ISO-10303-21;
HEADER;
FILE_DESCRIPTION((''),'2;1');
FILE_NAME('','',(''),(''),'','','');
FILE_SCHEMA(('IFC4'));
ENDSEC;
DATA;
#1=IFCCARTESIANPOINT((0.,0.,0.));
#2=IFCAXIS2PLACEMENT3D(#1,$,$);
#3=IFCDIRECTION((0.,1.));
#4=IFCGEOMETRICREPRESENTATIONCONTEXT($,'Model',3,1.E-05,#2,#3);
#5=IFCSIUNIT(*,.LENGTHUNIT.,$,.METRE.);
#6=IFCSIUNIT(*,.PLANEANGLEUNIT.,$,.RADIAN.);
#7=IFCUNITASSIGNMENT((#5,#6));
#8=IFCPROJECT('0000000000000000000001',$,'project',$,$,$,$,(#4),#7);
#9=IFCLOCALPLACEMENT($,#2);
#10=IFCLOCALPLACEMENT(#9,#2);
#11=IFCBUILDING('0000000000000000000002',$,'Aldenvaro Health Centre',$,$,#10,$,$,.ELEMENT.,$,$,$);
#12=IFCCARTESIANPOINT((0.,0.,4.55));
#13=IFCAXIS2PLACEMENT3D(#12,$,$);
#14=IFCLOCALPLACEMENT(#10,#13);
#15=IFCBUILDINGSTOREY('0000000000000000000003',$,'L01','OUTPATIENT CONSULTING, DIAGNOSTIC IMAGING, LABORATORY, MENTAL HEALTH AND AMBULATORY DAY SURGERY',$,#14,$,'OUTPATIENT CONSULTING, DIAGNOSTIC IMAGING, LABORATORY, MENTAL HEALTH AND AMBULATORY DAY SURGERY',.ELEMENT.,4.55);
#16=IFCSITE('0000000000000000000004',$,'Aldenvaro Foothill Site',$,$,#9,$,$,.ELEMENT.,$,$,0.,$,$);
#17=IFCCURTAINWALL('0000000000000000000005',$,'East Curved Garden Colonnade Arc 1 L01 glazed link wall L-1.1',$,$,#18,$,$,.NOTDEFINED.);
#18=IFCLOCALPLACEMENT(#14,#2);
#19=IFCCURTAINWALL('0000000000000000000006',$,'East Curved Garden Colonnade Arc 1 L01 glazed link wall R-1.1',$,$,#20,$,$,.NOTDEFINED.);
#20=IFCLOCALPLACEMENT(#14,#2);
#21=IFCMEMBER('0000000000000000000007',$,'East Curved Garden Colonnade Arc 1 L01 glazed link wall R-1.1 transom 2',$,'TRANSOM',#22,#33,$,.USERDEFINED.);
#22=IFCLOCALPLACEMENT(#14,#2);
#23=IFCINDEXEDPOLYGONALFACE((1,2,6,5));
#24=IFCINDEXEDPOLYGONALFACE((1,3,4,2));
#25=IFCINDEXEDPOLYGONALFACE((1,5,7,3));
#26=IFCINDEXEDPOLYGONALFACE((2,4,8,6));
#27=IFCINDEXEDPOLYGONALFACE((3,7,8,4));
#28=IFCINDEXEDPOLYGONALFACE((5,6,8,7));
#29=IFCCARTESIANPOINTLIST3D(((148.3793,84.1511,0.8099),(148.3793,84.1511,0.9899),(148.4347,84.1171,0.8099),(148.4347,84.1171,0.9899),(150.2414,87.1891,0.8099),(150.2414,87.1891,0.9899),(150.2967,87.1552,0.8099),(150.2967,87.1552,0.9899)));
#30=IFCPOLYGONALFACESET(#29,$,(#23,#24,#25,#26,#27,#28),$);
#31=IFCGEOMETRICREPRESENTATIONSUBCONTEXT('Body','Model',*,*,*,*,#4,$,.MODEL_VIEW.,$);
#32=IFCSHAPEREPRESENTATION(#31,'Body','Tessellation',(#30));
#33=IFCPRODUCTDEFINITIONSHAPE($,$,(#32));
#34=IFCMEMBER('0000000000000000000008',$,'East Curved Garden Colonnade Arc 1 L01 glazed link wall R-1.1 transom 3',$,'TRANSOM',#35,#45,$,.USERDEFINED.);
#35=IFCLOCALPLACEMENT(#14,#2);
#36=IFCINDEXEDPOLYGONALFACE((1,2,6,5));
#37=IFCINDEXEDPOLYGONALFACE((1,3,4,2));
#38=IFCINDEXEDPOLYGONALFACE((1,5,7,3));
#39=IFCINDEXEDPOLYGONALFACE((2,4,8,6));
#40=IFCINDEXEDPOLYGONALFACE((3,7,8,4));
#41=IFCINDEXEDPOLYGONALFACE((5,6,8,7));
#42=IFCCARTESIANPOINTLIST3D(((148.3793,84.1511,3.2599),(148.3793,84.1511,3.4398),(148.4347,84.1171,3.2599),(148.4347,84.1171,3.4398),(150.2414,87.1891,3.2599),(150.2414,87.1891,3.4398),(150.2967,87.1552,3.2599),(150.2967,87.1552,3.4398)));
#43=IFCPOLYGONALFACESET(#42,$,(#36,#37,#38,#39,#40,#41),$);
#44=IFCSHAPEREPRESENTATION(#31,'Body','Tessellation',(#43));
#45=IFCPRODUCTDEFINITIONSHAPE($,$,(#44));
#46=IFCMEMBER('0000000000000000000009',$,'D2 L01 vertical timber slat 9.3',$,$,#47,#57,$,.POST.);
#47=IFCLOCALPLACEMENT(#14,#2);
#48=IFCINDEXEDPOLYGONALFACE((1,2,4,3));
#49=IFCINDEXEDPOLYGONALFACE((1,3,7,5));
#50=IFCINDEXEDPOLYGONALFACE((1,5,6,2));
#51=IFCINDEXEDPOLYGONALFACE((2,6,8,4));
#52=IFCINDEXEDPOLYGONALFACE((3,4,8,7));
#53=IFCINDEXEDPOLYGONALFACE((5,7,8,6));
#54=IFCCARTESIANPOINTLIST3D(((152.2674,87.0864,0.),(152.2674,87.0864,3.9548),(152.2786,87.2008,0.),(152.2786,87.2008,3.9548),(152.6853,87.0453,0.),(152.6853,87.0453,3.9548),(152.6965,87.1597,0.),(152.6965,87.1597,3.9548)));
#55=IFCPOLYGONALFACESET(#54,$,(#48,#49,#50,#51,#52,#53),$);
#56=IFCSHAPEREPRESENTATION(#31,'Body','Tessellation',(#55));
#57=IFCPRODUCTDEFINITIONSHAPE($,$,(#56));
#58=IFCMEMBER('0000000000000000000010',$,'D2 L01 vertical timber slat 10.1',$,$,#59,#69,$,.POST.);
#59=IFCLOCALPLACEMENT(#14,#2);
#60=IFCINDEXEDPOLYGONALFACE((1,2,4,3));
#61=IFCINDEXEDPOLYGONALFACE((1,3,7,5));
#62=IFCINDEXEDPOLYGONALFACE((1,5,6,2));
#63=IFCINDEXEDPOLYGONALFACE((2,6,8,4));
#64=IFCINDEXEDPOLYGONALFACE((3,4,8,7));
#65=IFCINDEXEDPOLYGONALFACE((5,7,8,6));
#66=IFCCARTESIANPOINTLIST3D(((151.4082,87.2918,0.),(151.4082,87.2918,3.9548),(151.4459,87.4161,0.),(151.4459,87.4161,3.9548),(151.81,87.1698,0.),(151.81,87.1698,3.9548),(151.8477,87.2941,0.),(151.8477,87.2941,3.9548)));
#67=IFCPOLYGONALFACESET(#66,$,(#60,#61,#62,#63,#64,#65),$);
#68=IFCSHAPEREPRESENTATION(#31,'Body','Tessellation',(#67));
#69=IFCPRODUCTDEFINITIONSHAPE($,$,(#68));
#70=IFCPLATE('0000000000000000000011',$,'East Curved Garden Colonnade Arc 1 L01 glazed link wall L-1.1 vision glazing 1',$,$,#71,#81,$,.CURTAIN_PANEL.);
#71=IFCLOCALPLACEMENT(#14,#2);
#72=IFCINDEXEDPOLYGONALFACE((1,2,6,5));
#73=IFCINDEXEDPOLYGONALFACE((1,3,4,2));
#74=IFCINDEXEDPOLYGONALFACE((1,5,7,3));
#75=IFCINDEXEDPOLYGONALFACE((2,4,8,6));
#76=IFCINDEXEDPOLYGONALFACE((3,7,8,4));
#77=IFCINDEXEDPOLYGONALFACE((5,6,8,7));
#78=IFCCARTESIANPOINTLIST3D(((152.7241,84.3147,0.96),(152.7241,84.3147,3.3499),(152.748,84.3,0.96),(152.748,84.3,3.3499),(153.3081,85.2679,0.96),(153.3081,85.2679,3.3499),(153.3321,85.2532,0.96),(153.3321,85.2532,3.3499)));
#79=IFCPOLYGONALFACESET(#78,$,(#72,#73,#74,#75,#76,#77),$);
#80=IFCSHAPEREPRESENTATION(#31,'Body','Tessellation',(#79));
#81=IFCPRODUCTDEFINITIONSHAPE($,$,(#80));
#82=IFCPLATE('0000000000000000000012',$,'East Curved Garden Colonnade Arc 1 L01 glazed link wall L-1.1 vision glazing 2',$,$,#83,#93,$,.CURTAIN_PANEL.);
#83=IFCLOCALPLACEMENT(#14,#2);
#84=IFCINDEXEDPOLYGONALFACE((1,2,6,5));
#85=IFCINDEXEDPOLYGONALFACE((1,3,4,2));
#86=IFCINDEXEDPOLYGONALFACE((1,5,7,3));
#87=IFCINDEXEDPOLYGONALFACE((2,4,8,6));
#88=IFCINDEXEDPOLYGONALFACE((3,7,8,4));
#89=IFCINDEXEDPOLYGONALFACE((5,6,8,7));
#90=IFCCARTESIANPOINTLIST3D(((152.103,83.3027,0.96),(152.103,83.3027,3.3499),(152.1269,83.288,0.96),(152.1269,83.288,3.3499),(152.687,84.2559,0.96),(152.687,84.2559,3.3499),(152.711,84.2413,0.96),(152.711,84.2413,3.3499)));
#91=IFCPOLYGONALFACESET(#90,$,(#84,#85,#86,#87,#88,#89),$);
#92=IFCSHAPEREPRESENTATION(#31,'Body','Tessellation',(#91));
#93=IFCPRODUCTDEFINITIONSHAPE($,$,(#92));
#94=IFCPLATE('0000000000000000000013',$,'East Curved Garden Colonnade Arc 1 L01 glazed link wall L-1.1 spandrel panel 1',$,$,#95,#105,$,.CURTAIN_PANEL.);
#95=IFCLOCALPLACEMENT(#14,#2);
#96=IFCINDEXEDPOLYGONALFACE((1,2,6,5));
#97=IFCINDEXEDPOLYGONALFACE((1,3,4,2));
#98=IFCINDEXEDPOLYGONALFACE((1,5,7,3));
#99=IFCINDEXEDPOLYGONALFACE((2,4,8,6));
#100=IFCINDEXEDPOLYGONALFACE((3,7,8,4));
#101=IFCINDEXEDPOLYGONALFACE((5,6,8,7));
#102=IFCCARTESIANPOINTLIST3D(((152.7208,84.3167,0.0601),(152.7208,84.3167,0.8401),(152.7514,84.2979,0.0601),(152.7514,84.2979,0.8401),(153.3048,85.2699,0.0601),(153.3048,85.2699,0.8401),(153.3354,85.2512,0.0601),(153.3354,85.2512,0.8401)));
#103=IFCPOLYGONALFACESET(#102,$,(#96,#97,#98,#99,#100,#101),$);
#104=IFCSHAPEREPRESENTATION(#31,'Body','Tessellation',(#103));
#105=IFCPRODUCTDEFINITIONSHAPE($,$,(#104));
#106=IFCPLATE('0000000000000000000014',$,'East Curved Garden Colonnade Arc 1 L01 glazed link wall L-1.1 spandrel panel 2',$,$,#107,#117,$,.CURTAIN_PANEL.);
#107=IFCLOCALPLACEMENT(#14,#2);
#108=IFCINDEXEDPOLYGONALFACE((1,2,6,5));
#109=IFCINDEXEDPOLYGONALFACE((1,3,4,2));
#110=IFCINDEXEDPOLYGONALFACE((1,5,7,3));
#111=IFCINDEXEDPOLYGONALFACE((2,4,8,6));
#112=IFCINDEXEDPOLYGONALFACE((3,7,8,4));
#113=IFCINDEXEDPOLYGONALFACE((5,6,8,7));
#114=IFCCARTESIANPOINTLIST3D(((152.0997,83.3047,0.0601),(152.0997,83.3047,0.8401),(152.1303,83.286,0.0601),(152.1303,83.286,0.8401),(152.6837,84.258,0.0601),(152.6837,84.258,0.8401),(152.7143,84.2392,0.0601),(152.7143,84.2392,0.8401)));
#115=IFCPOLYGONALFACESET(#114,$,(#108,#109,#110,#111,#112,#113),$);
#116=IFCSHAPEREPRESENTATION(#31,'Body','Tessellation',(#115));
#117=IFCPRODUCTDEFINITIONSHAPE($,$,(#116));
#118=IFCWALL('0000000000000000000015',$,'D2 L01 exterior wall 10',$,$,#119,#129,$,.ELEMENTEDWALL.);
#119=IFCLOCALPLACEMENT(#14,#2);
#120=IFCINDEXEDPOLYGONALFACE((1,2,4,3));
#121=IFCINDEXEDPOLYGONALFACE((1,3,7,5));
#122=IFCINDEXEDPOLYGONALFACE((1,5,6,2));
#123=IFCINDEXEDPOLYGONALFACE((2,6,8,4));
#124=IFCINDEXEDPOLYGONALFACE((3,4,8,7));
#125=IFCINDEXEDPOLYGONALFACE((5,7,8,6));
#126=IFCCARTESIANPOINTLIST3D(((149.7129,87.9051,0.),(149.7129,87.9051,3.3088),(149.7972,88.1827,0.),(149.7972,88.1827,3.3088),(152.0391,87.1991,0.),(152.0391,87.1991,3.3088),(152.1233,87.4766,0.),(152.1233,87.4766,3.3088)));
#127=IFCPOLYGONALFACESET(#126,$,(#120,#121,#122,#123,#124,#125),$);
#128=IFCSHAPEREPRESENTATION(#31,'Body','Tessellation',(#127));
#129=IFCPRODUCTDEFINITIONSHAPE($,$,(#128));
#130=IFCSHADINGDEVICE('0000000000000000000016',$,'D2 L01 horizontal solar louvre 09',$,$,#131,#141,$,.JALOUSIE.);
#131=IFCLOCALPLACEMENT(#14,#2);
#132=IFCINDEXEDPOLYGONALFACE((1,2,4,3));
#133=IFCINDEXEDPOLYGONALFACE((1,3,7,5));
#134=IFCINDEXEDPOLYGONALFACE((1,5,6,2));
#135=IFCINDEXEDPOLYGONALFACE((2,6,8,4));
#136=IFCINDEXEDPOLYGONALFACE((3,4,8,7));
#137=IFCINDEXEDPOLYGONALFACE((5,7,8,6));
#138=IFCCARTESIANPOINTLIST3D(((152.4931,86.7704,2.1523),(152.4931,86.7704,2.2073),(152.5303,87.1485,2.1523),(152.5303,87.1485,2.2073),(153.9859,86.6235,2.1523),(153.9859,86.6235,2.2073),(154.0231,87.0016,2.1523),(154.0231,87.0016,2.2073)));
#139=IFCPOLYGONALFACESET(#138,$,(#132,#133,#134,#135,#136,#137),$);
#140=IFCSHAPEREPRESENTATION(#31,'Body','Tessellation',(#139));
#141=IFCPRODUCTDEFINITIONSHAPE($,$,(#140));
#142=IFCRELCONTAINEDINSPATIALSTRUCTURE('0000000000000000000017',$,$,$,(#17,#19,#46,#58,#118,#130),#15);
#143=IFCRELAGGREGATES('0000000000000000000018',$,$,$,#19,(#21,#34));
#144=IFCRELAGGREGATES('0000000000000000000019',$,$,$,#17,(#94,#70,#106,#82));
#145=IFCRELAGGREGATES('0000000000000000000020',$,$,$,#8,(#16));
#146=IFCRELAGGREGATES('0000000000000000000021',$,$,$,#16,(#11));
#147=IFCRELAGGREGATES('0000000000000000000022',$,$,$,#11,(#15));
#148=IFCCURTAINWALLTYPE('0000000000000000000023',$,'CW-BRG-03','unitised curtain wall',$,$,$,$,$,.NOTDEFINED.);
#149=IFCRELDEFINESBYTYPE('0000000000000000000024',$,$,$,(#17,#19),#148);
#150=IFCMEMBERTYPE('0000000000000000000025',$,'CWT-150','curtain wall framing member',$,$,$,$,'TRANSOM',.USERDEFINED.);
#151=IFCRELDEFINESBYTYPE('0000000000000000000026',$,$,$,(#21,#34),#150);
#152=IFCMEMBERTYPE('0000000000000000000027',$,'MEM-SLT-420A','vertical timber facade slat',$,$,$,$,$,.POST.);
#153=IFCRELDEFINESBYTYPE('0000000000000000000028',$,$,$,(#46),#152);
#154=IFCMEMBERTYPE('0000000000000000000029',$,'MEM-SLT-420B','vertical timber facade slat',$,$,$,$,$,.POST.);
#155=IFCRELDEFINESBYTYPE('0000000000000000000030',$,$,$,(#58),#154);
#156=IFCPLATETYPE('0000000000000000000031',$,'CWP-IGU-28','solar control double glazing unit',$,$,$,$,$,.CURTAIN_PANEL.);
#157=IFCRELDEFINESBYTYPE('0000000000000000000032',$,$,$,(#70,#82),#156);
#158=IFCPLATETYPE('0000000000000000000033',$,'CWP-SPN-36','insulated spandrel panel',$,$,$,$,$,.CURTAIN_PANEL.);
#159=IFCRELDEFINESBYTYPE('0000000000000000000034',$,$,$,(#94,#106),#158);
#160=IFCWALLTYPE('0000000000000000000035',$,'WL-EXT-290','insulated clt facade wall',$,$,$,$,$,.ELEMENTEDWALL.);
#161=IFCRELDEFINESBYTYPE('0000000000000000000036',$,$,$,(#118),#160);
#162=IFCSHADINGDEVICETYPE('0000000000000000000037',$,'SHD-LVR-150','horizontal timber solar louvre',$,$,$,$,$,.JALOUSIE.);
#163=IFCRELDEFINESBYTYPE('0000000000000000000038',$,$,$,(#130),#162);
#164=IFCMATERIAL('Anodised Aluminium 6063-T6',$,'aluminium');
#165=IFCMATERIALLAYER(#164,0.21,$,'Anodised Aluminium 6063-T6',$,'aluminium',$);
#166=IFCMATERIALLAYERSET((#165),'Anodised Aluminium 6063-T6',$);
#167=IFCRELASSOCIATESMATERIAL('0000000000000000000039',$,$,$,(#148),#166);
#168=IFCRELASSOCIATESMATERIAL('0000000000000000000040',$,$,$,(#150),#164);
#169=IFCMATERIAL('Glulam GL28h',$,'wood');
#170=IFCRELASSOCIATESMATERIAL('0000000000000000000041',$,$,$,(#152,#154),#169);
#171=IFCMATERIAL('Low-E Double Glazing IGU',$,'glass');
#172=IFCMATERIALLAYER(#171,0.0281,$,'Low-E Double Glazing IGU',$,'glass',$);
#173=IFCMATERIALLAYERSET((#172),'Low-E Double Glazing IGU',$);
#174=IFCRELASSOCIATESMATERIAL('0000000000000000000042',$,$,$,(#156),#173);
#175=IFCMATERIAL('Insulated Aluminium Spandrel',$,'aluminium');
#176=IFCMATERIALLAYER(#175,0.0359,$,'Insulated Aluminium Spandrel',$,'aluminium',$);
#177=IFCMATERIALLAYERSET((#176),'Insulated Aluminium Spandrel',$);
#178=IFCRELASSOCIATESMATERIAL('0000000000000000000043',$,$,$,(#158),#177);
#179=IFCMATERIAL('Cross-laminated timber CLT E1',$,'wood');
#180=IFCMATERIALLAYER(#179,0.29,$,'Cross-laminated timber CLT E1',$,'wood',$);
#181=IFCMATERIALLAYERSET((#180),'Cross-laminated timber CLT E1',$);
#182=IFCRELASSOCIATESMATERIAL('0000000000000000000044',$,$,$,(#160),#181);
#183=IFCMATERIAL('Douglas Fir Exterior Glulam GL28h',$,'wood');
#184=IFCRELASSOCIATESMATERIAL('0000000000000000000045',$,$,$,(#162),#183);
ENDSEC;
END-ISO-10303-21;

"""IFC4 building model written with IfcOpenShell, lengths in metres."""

from ifc_helpers import new_model, si_unit, direction, frame, frame_2d, origin, origin_2d, place, context, subcontext, project, spatial, rectangle, extrude, material, layer, layer_set, material_profile, profile_set, type_object, element, aggregate, save


model = new_model("IFC4")

# Units and contexts
model_context = context("Model", 3, precision=1e-05, world=origin(), true_north=direction((0.0, 1.0)))
body_context = subcontext(model_context, "Body", "Model", "MODEL_VIEW")
ifc_project = project(units=[si_unit("LENGTHUNIT", "METRE"), si_unit("PLANEANGLEUNIT", "RADIAN")], contexts=[model_context])

# Site, building, storey
site_placement = place(None, origin())
site = spatial("IfcSite", under=ifc_project, at=site_placement, Name="Aldenvaro Foothill Site", CompositionType="ELEMENT", RefElevation=0.0)
building_placement = place(site_placement, origin())
building = spatial("IfcBuilding", under=site, at=building_placement, Name="Aldenvaro Health Centre", CompositionType="ELEMENT")
storey_placement = place(building_placement, frame((0.0, 0.0, 4.55)))
storey = spatial("IfcBuildingStorey", under=building, at=storey_placement, Name="L01", Description="OUTPATIENT CONSULTING, DIAGNOSTIC IMAGING, LABORATORY, MENTAL HEALTH AND AMBULATORY DAY SURGERY", LongName="OUTPATIENT CONSULTING, DIAGNOSTIC IMAGING, LABORATORY, MENTAL HEALTH AND AMBULATORY DAY SURGERY", CompositionType="ELEMENT", Elevation=4.55)

# Shared definitions
ifc_material_1 = material(Name="Glulam GL28h", Category="wood")

# Curtain wall
ifc_material_2 = material(Name="Anodised Aluminium 6063-T6", Category="aluminium")
ifc_layer_1 = layer(ifc_material_2, 0.21, Name="Anodised Aluminium 6063-T6", Category="aluminium")
ifc_layer_set_1 = layer_set([ifc_layer_1], Name="Anodised Aluminium 6063-T6")
curtain_wall_type = type_object("IfcCurtainWallType", Name="CW-BRG-03", Description="unitised curtain wall", PredefinedType="NOTDEFINED", material=ifc_layer_set_1)
curtain_wall_1_placement = place(storey_placement, origin())
curtain_wall_1 = element("IfcCurtainWall", 1, at=curtain_wall_1_placement, inside=storey, type_object=curtain_wall_type, Name="East Curved Garden Colonnade Arc 1 L01 glazed link wall L-1.1", PredefinedType="NOTDEFINED")

# Curtain wall
curtain_wall_2_placement = place(storey_placement, origin())
curtain_wall_2 = element("IfcCurtainWall", 2, at=curtain_wall_2_placement, inside=storey, type_object=curtain_wall_type, Name="East Curved Garden Colonnade Arc 1 L01 glazed link wall R-1.1", PredefinedType="NOTDEFINED")

# Members
ifc_material_profile_1 = material_profile(ifc_material_2, rectangle(XDim=0.0649, YDim=0.1799, at=origin_2d()), Name="ALU 65x180", Category="aluminium")
ifc_profile_set_1 = profile_set([ifc_material_profile_1], Name="Anodised Aluminium 6063-T6")
member_type_1 = type_object("IfcMemberType", Name="CWT-150", Description="curtain wall framing member", ElementType="TRANSOM", PredefinedType="USERDEFINED", material=ifc_profile_set_1)
member_1_placement = place(storey_placement, frame((150.269, 87.1721, 0.8999), z_axis=(-0.522564, -0.8526, 0.0), x_axis=(0.8526, -0.522564, 0.0)))
member_1 = element("IfcMember", 3, at=member_1_placement, type_object=member_type_1, Name="East Curved Garden Colonnade Arc 1 L01 glazed link wall R-1.1 transom 2", ObjectType="TRANSOM", PredefinedType="USERDEFINED", context=body_context, shape_type="SweptSolid", body=[
    extrude(rectangle(XDim=0.0649, YDim=0.1799, at=origin_2d()), origin(), (0.0, 0.0, 1.0), 3.5632),
])
member_2_placement = place(storey_placement, frame((150.269, 87.1721, 3.3499), z_axis=(-0.522564, -0.8526, 0.0), x_axis=(0.8526, -0.522564, 0.0)))
member_2 = element("IfcMember", 4, at=member_2_placement, type_object=member_type_1, Name="East Curved Garden Colonnade Arc 1 L01 glazed link wall R-1.1 transom 3", ObjectType="TRANSOM", PredefinedType="USERDEFINED", context=body_context, shape_type="SweptSolid", body=[
    extrude(rectangle(XDim=0.0649, YDim=0.1799, at=origin_2d()), origin(), (0.0, 0.0, 1.0), 3.5632),
])
aggregate(curtain_wall_2, [member_1, member_2])

# Members
ifc_material_profile_2 = material_profile(ifc_material_1, rectangle(XDim=0.115, YDim=0.4199, at=origin_2d()), Name="GL 115x420", Category="wood")
ifc_profile_set_2 = profile_set([ifc_material_profile_2], Name="Glulam GL28h")
member_type_2 = type_object("IfcMemberType", Name="MEM-SLT-420A", Description="vertical timber facade slat", PredefinedType="POST", material=ifc_profile_set_2)
member_3_placement = place(storey_placement, frame((152.4819, 87.123, 0.0), z_axis=(0.0, 0.0, 1.0), x_axis=(-0.097915, -0.995195, 0.0)))
element("IfcMember", 5, at=member_3_placement, inside=storey, type_object=member_type_2, Name="D2 L01 vertical timber slat 9.3", PredefinedType="POST", context=body_context, shape_type="SweptSolid", body=[
    extrude(rectangle(XDim=0.115, YDim=0.4199, at=origin_2d()), origin(), (0.0, 0.0, 1.0), 3.9548),
])
ifc_material_profile_3 = material_profile(ifc_material_1, rectangle(XDim=0.1299, YDim=0.4199, at=origin_2d()), Name="GL 130x420", Category="wood")
ifc_profile_set_3 = profile_set([ifc_material_profile_3], Name="Glulam GL28h")
member_type_3 = type_object("IfcMemberType", Name="MEM-SLT-420B", Description="vertical timber facade slat", PredefinedType="POST", material=ifc_profile_set_3)
member_4_placement = place(storey_placement, frame((151.6279, 87.293, 0.0), z_axis=(0.0, 0.0, 1.0), x_axis=(-0.290441, -0.956893, 0.0)))
element("IfcMember", 6, at=member_4_placement, inside=storey, type_object=member_type_3, Name="D2 L01 vertical timber slat 10.1", PredefinedType="POST", context=body_context, shape_type="SweptSolid", body=[
    extrude(rectangle(XDim=0.1299, YDim=0.4199, at=origin_2d()), origin(), (0.0, 0.0, 1.0), 3.9548),
])

# Plates
ifc_material_3 = material(Name="Low-E Double Glazing IGU", Category="glass")
ifc_layer_2 = layer(ifc_material_3, 0.0281, Name="Low-E Double Glazing IGU", Category="glass")
ifc_layer_set_2 = layer_set([ifc_layer_2], Name="Low-E Double Glazing IGU")
plate_type_1 = type_object("IfcPlateType", Name="CWP-IGU-28", Description="solar control double glazing unit", PredefinedType="CURTAIN_PANEL", material=ifc_layer_set_2)
plate_1_placement = place(storey_placement, frame((153.0281, 84.7839, 0.96), z_axis=(0.0, 0.0, 1.0), x_axis=(-0.522437, -0.852678, 0.0)))
plate_1 = element("IfcPlate", 7, at=plate_1_placement, type_object=plate_type_1, Name="East Curved Garden Colonnade Arc 1 L01 glazed link wall L-1.1 vision glazing 1", PredefinedType="CURTAIN_PANEL", context=body_context, shape_type="SweptSolid", body=[
    extrude(rectangle(XDim=1.1179, YDim=0.0281, at=origin_2d()), origin(), (0.0, 0.0, 1.0), 2.3899),
])
plate_2_placement = place(storey_placement, frame((152.407, 83.772, 0.96), z_axis=(0.0, 0.0, 1.0), x_axis=(-0.522437, -0.852678, 0.0)))
plate_2 = element("IfcPlate", 8, at=plate_2_placement, type_object=plate_type_1, Name="East Curved Garden Colonnade Arc 1 L01 glazed link wall L-1.1 vision glazing 2", PredefinedType="CURTAIN_PANEL", context=body_context, shape_type="SweptSolid", body=[
    extrude(rectangle(XDim=1.1179, YDim=0.0281, at=origin_2d()), origin(), (0.0, 0.0, 1.0), 2.3899),
])
ifc_material_4 = material(Name="Insulated Aluminium Spandrel", Category="aluminium")
ifc_layer_3 = layer(ifc_material_4, 0.0359, Name="Insulated Aluminium Spandrel", Category="aluminium")
ifc_layer_set_3 = layer_set([ifc_layer_3], Name="Insulated Aluminium Spandrel")
plate_type_2 = type_object("IfcPlateType", Name="CWP-SPN-36", Description="insulated spandrel panel", PredefinedType="CURTAIN_PANEL", material=ifc_layer_set_3)
plate_3_placement = place(storey_placement, frame((153.0281, 84.7839, 0.0601), z_axis=(0.0, 0.0, 1.0), x_axis=(-0.522437, -0.852678, 0.0)))
plate_3 = element("IfcPlate", 9, at=plate_3_placement, type_object=plate_type_2, Name="East Curved Garden Colonnade Arc 1 L01 glazed link wall L-1.1 spandrel panel 1", PredefinedType="CURTAIN_PANEL", context=body_context, shape_type="SweptSolid", body=[
    extrude(rectangle(XDim=1.1179, YDim=0.0359, at=origin_2d()), origin(), (0.0, 0.0, 1.0), 0.78),
])
plate_4_placement = place(storey_placement, frame((152.407, 83.772, 0.0601), z_axis=(0.0, 0.0, 1.0), x_axis=(-0.522437, -0.852678, 0.0)))
plate_4 = element("IfcPlate", 10, at=plate_4_placement, type_object=plate_type_2, Name="East Curved Garden Colonnade Arc 1 L01 glazed link wall L-1.1 spandrel panel 2", PredefinedType="CURTAIN_PANEL", context=body_context, shape_type="SweptSolid", body=[
    extrude(rectangle(XDim=1.1179, YDim=0.0359, at=origin_2d()), origin(), (0.0, 0.0, 1.0), 0.78),
])
aggregate(curtain_wall_1, [plate_3, plate_1, plate_4, plate_2])

# Wall
ifc_material_5 = material(Name="Cross-laminated timber CLT E1", Category="wood")
ifc_layer_4 = layer(ifc_material_5, 0.29, Name="Cross-laminated timber CLT E1", Category="wood")
ifc_layer_set_4 = layer_set([ifc_layer_4], Name="Cross-laminated timber CLT E1")
wall_type = type_object("IfcWallType", Name="WL-EXT-290", Description="insulated clt facade wall", PredefinedType="ELEMENTEDWALL", material=ifc_layer_set_4)
wall_placement = place(storey_placement, frame((152.0811, 87.3379, 0.0), z_axis=(0.0, 0.0, 1.0), x_axis=(-0.956893, 0.290442, 0.0)))
element("IfcWall", 11, at=wall_placement, inside=storey, type_object=wall_type, Name="D2 L01 exterior wall 10", PredefinedType="ELEMENTEDWALL", context=body_context, shape_type="SweptSolid", body=[
    extrude(rectangle(XDim=2.4309, YDim=0.29, at=frame_2d((1.2153, 0.0))), origin(), (0.0, 0.0, 1.0), 3.3088),
])

# Shading device
ifc_material_6 = material(Name="Douglas Fir Exterior Glulam GL28h", Category="wood")
shading_device_type = type_object("IfcShadingDeviceType", Name="SHD-LVR-150", Description="horizontal timber solar louvre", PredefinedType="JALOUSIE", material=ifc_material_6)
shading_device_placement = place(storey_placement, frame((153.2581, 86.886, 2.1523), z_axis=(0.0, 0.0, 1.0), x_axis=(-0.995195, 0.097915, 0.0)))
element("IfcShadingDevice", 12, at=shading_device_placement, inside=storey, type_object=shading_device_type, Name="D2 L01 horizontal solar louvre 09", PredefinedType="JALOUSIE", context=body_context, shape_type="SweptSolid", body=[
    extrude(rectangle(XDim=1.5, YDim=0.3799, at=origin_2d()), origin(), (0.0, 0.0, 1.0), 0.0549),
])

save(model, "model.ifc")
